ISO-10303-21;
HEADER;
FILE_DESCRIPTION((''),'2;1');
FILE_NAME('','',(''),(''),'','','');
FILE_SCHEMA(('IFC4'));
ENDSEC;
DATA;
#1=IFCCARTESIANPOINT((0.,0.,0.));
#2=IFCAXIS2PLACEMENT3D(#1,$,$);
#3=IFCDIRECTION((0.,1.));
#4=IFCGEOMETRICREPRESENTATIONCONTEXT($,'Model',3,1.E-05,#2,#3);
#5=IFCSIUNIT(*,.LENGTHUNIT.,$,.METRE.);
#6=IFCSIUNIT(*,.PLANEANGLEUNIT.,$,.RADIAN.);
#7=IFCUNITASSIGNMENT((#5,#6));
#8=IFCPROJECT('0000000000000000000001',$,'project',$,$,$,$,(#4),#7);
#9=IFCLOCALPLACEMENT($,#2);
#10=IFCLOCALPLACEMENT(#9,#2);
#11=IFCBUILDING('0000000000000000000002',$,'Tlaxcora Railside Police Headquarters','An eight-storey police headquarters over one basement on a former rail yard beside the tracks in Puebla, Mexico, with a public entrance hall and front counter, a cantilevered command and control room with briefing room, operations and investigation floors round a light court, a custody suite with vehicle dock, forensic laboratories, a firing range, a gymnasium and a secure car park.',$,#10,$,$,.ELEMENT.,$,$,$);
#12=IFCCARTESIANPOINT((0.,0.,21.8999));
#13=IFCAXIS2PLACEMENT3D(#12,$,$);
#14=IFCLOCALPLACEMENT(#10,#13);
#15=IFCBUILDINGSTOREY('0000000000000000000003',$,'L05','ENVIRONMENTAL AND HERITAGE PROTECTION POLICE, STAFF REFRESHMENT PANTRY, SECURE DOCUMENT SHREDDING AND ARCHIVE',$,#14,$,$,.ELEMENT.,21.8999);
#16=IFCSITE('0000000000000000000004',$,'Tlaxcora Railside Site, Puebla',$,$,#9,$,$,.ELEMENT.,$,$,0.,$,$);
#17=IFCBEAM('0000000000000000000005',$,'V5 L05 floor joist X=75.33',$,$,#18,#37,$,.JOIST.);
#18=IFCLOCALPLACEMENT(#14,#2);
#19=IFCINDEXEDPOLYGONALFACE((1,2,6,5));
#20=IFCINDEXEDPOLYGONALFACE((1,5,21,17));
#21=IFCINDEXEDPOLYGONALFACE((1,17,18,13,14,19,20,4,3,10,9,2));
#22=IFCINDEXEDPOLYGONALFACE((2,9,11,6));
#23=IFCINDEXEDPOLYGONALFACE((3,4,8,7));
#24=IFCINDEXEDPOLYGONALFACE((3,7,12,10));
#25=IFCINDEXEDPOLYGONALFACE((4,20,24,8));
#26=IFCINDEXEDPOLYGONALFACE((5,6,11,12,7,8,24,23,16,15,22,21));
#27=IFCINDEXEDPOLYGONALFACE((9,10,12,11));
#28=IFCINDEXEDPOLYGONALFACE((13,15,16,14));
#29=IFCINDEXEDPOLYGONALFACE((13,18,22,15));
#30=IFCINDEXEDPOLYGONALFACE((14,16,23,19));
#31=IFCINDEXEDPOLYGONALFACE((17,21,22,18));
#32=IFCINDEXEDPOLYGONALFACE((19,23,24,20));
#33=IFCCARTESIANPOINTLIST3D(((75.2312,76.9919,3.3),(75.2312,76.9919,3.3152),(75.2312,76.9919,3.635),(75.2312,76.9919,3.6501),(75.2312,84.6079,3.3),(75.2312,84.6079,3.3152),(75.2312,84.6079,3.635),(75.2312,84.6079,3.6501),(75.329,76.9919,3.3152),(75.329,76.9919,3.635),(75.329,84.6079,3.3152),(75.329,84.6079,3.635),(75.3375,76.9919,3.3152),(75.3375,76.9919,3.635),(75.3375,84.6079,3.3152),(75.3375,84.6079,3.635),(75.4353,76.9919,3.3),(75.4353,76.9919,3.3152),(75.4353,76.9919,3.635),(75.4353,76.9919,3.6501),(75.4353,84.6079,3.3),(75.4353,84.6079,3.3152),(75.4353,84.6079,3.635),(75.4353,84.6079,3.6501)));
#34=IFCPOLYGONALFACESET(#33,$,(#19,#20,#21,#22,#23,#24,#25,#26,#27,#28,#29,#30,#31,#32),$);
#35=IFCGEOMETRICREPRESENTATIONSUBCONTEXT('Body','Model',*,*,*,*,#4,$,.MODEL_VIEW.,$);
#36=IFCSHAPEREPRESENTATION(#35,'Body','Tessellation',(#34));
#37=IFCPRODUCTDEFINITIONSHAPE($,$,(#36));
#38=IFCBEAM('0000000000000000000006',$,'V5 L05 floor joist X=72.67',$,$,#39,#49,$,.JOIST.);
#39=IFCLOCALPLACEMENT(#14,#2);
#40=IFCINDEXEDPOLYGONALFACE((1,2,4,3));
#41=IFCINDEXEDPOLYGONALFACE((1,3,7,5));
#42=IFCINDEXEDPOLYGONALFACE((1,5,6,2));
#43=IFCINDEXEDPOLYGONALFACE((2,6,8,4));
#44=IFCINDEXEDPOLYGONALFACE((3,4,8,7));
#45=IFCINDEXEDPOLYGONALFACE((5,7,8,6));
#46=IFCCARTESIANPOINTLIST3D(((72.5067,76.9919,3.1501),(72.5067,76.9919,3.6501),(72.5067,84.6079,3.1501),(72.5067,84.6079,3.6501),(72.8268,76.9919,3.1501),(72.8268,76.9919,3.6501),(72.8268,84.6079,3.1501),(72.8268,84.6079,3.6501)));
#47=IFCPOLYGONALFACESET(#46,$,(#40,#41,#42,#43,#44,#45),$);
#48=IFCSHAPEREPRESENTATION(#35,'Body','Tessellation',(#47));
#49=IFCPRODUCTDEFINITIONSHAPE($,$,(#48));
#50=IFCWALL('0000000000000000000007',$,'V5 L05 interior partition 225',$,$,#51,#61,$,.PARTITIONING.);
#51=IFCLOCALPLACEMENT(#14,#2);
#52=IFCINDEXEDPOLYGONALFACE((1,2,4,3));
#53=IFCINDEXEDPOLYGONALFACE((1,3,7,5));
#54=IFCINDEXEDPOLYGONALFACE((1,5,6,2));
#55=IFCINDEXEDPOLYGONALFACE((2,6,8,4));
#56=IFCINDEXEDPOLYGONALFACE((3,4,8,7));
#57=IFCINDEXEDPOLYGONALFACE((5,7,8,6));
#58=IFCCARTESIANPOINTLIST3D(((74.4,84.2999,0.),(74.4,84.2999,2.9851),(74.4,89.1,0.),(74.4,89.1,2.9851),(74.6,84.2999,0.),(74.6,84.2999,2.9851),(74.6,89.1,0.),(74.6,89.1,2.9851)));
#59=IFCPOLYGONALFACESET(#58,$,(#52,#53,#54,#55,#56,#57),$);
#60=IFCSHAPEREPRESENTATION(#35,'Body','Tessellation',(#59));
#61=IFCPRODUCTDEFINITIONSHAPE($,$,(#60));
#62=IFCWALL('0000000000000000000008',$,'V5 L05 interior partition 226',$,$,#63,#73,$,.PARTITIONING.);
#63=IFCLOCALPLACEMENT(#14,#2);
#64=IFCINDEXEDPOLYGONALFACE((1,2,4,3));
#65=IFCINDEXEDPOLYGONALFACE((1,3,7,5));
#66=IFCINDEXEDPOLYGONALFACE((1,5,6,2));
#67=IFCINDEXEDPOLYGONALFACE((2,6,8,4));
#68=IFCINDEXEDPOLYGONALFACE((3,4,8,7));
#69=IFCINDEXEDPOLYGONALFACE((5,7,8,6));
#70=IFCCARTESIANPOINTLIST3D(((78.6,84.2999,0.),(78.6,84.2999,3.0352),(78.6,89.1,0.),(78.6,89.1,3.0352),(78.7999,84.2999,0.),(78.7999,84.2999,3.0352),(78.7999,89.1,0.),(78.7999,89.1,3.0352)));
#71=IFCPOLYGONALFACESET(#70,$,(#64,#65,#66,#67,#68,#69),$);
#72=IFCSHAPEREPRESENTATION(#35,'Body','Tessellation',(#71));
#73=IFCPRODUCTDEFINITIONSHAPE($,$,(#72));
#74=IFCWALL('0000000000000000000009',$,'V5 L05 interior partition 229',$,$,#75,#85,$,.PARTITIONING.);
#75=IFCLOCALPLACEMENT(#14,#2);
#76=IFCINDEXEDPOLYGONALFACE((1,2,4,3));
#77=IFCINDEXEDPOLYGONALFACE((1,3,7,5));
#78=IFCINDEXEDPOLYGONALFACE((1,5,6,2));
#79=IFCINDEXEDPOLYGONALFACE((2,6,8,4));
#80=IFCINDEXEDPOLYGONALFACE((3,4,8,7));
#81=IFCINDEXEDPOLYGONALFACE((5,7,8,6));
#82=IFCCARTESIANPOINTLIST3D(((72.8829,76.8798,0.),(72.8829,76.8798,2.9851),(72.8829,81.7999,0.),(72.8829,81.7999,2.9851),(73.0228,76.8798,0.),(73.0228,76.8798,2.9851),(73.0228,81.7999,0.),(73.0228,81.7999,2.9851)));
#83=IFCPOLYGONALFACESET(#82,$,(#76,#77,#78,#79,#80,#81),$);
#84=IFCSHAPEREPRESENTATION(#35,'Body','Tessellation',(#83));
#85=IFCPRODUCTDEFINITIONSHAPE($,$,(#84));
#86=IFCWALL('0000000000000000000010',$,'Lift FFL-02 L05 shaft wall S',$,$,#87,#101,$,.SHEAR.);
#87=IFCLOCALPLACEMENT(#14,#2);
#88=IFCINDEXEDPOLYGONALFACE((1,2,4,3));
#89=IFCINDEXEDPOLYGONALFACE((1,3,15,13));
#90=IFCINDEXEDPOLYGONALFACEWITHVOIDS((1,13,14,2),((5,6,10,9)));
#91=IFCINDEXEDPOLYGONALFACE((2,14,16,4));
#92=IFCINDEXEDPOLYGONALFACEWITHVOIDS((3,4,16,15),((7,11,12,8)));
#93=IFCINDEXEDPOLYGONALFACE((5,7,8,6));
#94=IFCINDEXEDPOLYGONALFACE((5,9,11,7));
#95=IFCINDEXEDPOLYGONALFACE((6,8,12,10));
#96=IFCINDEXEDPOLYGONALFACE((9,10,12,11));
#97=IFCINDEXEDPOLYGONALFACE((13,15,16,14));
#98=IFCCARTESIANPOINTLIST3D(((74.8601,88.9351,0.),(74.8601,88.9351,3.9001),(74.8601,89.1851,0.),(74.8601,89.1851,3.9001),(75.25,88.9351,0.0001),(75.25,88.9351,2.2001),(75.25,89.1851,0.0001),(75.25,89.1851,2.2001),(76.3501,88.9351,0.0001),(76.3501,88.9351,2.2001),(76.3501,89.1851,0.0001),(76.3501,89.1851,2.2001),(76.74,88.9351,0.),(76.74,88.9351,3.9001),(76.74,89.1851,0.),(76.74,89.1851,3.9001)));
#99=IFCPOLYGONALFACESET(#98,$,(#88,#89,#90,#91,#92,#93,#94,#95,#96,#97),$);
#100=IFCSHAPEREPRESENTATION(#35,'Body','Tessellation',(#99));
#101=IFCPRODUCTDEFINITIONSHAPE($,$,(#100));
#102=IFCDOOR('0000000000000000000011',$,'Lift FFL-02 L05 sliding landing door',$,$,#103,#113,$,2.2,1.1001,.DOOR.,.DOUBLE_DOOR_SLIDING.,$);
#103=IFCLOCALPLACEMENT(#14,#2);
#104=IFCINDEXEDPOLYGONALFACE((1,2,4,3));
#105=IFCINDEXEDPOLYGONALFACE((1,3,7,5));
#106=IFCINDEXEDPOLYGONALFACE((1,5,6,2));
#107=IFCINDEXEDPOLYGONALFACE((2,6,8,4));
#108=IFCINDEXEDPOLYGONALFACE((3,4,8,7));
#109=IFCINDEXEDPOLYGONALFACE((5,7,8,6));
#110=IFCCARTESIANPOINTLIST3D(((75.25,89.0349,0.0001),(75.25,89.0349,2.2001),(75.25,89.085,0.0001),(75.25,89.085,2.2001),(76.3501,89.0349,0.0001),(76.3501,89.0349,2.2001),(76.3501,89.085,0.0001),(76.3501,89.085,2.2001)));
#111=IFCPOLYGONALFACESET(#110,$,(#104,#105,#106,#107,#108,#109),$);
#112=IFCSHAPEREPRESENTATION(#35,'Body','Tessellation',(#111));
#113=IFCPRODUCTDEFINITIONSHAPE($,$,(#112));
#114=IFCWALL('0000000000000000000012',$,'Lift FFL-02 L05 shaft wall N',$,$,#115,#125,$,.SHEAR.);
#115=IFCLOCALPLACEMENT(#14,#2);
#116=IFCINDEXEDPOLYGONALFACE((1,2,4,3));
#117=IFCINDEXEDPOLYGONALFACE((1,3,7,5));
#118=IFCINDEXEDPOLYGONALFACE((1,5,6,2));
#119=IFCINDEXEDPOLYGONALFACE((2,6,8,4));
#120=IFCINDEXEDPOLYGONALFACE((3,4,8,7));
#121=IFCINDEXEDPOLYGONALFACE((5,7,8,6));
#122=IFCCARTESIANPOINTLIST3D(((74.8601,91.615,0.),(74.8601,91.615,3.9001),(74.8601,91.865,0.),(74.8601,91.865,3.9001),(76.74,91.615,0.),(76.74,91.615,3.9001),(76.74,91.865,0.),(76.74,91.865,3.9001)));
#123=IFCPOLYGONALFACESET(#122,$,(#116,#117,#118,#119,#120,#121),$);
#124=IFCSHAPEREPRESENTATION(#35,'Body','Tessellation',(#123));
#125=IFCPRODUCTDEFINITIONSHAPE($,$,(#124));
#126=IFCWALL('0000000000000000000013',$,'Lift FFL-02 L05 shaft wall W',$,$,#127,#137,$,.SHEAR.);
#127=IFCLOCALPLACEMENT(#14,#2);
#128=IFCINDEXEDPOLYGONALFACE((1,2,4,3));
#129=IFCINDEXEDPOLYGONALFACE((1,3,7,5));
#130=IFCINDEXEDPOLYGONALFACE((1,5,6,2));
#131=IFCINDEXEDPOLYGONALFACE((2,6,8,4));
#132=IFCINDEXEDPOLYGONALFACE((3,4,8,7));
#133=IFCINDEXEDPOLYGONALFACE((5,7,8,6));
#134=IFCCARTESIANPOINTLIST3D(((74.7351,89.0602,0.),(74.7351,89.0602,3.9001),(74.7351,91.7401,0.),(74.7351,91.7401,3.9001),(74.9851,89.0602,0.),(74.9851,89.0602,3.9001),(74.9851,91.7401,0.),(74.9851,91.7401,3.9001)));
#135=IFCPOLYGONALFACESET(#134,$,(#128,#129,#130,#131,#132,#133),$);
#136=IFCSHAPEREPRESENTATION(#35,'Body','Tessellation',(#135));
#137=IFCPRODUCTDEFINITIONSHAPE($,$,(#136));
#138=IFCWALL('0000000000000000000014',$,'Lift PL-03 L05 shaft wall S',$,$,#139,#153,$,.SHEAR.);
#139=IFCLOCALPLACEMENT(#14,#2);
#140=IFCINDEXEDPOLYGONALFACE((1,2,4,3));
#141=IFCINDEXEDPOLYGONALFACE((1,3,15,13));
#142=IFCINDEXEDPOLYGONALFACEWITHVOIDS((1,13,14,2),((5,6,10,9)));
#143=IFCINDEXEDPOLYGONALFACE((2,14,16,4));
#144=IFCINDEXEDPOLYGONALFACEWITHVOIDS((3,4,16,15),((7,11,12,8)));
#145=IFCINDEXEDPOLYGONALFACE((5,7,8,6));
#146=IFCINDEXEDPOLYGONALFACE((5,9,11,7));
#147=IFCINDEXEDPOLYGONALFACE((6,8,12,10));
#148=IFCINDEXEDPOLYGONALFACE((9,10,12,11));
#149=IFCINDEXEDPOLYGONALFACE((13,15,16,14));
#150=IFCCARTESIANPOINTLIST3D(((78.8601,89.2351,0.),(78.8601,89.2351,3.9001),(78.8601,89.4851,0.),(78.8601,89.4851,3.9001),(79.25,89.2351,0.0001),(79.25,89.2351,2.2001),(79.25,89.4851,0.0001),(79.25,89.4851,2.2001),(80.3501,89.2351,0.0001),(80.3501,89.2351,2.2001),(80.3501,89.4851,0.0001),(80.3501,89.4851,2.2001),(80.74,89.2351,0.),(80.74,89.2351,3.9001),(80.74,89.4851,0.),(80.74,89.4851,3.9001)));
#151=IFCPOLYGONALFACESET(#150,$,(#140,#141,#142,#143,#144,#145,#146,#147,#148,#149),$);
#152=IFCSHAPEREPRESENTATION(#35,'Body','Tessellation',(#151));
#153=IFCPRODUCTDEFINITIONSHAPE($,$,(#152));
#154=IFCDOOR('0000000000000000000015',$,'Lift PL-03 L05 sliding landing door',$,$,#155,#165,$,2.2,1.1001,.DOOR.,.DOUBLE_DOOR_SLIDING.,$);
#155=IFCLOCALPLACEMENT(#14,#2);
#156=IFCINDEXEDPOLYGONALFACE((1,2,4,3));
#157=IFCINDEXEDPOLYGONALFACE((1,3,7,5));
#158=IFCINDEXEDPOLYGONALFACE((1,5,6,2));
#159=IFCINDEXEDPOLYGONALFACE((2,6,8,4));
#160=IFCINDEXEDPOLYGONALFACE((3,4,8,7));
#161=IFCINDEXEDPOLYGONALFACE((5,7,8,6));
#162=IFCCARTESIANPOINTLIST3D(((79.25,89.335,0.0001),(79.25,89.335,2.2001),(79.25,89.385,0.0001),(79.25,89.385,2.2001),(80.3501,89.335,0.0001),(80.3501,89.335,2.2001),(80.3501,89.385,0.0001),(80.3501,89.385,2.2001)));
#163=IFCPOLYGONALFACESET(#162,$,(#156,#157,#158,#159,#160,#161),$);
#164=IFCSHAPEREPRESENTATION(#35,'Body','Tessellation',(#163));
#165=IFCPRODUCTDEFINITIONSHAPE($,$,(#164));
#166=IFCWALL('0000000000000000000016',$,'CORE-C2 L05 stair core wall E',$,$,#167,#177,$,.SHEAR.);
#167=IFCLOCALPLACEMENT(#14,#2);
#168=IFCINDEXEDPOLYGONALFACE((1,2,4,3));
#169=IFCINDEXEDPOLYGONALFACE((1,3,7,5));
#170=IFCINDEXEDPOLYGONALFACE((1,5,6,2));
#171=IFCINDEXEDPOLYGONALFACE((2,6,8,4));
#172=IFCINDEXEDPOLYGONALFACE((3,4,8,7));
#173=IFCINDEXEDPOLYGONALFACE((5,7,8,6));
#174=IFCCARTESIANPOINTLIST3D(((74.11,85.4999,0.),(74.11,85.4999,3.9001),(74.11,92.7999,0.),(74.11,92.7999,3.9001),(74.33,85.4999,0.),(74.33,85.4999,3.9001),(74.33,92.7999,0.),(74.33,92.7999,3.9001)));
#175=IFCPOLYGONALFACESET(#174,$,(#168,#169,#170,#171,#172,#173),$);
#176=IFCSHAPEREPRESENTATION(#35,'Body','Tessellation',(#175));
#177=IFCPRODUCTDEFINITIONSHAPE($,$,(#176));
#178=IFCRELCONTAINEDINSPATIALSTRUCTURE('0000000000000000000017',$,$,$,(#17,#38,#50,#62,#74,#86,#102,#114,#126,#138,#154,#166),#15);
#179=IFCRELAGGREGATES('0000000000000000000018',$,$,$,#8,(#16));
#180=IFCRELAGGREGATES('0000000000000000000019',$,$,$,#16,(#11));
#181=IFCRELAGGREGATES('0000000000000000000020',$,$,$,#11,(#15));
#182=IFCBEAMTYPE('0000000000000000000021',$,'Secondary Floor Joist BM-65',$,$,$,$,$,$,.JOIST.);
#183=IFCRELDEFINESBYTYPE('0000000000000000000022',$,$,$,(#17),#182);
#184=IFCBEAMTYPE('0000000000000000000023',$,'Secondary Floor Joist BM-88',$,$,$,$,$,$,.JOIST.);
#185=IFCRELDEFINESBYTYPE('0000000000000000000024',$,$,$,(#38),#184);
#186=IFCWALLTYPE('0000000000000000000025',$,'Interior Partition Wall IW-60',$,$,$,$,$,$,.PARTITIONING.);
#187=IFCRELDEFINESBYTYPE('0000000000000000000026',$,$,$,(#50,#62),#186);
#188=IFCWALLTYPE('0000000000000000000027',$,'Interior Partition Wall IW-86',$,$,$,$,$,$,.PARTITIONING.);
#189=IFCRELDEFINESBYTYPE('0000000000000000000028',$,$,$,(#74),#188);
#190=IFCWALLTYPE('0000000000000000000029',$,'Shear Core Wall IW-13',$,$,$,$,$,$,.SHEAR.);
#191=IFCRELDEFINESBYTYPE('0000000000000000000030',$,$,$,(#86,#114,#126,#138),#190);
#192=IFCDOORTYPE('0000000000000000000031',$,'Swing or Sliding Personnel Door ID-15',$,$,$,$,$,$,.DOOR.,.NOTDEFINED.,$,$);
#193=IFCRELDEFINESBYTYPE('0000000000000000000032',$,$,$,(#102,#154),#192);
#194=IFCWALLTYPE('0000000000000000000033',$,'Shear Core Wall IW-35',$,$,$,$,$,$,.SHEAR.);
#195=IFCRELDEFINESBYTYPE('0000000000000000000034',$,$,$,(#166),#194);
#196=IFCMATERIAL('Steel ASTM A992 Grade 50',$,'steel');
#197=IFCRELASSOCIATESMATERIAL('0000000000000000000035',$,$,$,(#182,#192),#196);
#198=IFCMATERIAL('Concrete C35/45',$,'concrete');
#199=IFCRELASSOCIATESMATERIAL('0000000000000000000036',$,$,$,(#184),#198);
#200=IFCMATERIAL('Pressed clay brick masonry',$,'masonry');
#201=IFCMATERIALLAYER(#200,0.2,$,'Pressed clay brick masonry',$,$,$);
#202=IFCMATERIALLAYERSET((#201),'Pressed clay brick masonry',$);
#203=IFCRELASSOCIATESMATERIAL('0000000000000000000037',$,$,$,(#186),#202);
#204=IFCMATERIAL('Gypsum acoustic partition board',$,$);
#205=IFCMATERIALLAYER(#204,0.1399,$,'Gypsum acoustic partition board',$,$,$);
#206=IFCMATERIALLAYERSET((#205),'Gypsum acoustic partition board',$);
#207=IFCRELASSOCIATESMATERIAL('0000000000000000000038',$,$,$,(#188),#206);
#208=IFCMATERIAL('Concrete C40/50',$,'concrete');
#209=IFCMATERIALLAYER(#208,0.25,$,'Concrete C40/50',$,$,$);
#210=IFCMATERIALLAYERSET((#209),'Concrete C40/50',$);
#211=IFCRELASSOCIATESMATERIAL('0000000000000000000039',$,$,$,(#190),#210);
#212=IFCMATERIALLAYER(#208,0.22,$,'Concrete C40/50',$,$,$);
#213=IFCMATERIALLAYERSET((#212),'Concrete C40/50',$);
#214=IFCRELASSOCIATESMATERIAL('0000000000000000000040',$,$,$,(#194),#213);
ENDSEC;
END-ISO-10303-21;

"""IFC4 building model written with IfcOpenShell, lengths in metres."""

from ifc_helpers import new_model, si_unit, direction, frame, frame_2d, origin, origin_2d, place, context, subcontext, project, spatial, rectangle, i_section, extrude, material, layer, layer_set, material_profile, profile_set, type_object, element, fill, save


model = new_model("IFC4")

# Units and contexts
model_context = context("Model", 3, precision=1e-05, world=origin(), true_north=direction((0.0, 1.0)))
body_context = subcontext(model_context, "Body", "Model", "MODEL_VIEW")
ifc_project = project(units=[si_unit("LENGTHUNIT", "METRE"), si_unit("PLANEANGLEUNIT", "RADIAN")], contexts=[model_context])

# Site, building, storey
site_placement = place(None, origin())
site = spatial("IfcSite", under=ifc_project, at=site_placement, Name="Tlaxcora Railside Site, Puebla", CompositionType="ELEMENT", RefElevation=0.0)
building_placement = place(site_placement, origin())
building = spatial("IfcBuilding", under=site, at=building_placement, Name="Tlaxcora Railside Police Headquarters", Description="An eight-storey police headquarters over one basement on a former rail yard beside the tracks in Puebla, Mexico, with a public entrance hall and front counter, a cantilevered command and control room with briefing room, operations and investigation floors round a light court, a custody suite with vehicle dock, forensic laboratories, a firing range, a gymnasium and a secure car park.", CompositionType="ELEMENT")
storey_placement = place(building_placement, frame((0.0, 0.0, 21.8999)))
storey = spatial("IfcBuildingStorey", under=building, at=storey_placement, Name="L05", Description="ENVIRONMENTAL AND HERITAGE PROTECTION POLICE, STAFF REFRESHMENT PANTRY, SECURE DOCUMENT SHREDDING AND ARCHIVE", CompositionType="ELEMENT", Elevation=21.8999)

# Shared definitions
ifc_material_1 = material(Name="Concrete C40/50", Category="concrete")

# Beams
ifc_material_2 = material(Name="Steel ASTM A992 Grade 50", Category="steel")
ifc_material_profile_1 = material_profile(ifc_material_2, i_section(OverallWidth=0.2041, OverallDepth=0.3501, WebThickness=0.0085, FlangeThickness=0.0151, at=origin_2d()), Name="W14X48")
ifc_profile_set_1 = profile_set([ifc_material_profile_1], Name="Steel ASTM A992 Grade 50")
beam_type_1 = type_object("IfcBeamType", Name="Secondary Floor Joist BM-65", PredefinedType="JOIST", material=ifc_profile_set_1)
beam_1_placement = place(storey_placement, frame((75.3333, 76.9919, 3.4751), z_axis=(0.0, 1.0, 0.0), x_axis=(-1.0, 0.0, 0.0)))
element("IfcBeam", 1, at=beam_1_placement, inside=storey, type_object=beam_type_1, Name="V5 L05 floor joist X=75.33", PredefinedType="JOIST", context=body_context, shape_type="SweptSolid", body=[
    extrude(i_section(OverallWidth=0.2041, OverallDepth=0.3501, WebThickness=0.0085, FlangeThickness=0.0151, at=origin_2d()), origin(), (0.0, 0.0, 1.0), 7.616),
])
ifc_material_3 = material(Name="Concrete C35/45", Category="concrete")
ifc_material_profile_2 = material_profile(ifc_material_3, rectangle(XDim=0.3201, YDim=0.5, at=origin_2d()), Name="RC320X500")
ifc_profile_set_2 = profile_set([ifc_material_profile_2], Name="Concrete C35/45")
beam_type_2 = type_object("IfcBeamType", Name="Secondary Floor Joist BM-88", PredefinedType="JOIST", material=ifc_profile_set_2)
beam_2_placement = place(storey_placement, frame((72.6667, 76.9919, 3.4001), z_axis=(0.0, 1.0, 0.0), x_axis=(-1.0, 0.0, 0.0)))
element("IfcBeam", 2, at=beam_2_placement, inside=storey, type_object=beam_type_2, Name="V5 L05 floor joist X=72.67", PredefinedType="JOIST", context=body_context, shape_type="SweptSolid", body=[
    extrude(rectangle(XDim=0.3201, YDim=0.5, at=origin_2d()), origin(), (0.0, 0.0, 1.0), 7.616),
])

# Shared definitions
ifc_material_4 = material(Name="Pressed clay brick masonry", Category="masonry")
ifc_layer_1 = layer(ifc_material_4, 0.2, Name="Pressed clay brick masonry")
ifc_layer_set_1 = layer_set([ifc_layer_1], Name="Pressed clay brick masonry")
wall_type_1 = type_object("IfcWallType", Name="Interior Partition Wall IW-60", PredefinedType="PARTITIONING", material=ifc_layer_set_1)

# Walls
wall_1_placement = place(storey_placement, frame((74.5, 84.3, 0.0), z_axis=(0.0, 0.0, 1.0), x_axis=(0.0, 1.0, 0.0)))
element("IfcWall", 3, at=wall_1_placement, inside=storey, type_object=wall_type_1, Name="V5 L05 interior partition 225", PredefinedType="PARTITIONING", context=body_context, shape_type="SweptSolid", body=[
    extrude(rectangle(XDim=4.8, YDim=0.2, at=frame_2d((2.3999, 0.0))), origin(), (0.0, 0.0, 1.0), 2.9851),
])
wall_2_placement = place(storey_placement, frame((78.7, 84.3, 0.0), z_axis=(0.0, 0.0, 1.0), x_axis=(0.0, 1.0, 0.0)))
element("IfcWall", 4, at=wall_2_placement, inside=storey, type_object=wall_type_1, Name="V5 L05 interior partition 226", PredefinedType="PARTITIONING", context=body_context, shape_type="SweptSolid", body=[
    extrude(rectangle(XDim=4.8, YDim=0.2, at=frame_2d((2.3999, 0.0))), origin(), (0.0, 0.0, 1.0), 3.0352),
])
ifc_material_5 = material(Name="Gypsum acoustic partition board")
ifc_layer_2 = layer(ifc_material_5, 0.1399, Name="Gypsum acoustic partition board")
ifc_layer_set_2 = layer_set([ifc_layer_2], Name="Gypsum acoustic partition board")
wall_type_2 = type_object("IfcWallType", Name="Interior Partition Wall IW-86", PredefinedType="PARTITIONING", material=ifc_layer_set_2)
wall_3_placement = place(storey_placement, frame((72.9529, 76.8799, 0.0), z_axis=(0.0, 0.0, 1.0), x_axis=(0.0, 1.0, 0.0)))
element("IfcWall", 5, at=wall_3_placement, inside=storey, type_object=wall_type_2, Name="V5 L05 interior partition 229", PredefinedType="PARTITIONING", context=body_context, shape_type="SweptSolid", body=[
    extrude(rectangle(XDim=4.9202, YDim=0.1399, at=frame_2d((2.46, 0.0))), origin(), (0.0, 0.0, 1.0), 2.9851),
])

# Wall, opening, door
ifc_layer_3 = layer(ifc_material_1, 0.25, Name="Concrete C40/50")
ifc_layer_set_3 = layer_set([ifc_layer_3], Name="Concrete C40/50")
wall_type_3 = type_object("IfcWallType", Name="Shear Core Wall IW-13", PredefinedType="SHEAR", material=ifc_layer_set_3)
wall_4_placement = place(storey_placement, frame((74.8601, 89.0601, 0.0), z_axis=(0.0, 0.0, 1.0), x_axis=(1.0, 0.0, 0.0)))
wall_4 = element("IfcWall", 6, at=wall_4_placement, inside=storey, type_object=wall_type_3, Name="Lift FFL-02 L05 shaft wall S", PredefinedType="SHEAR", context=body_context, shape_type="SweptSolid", body=[
    extrude(rectangle(XDim=1.8799, YDim=0.25, at=frame_2d((0.9399, 0.0))), origin(), (0.0, 0.0, 1.0), 3.9001),
])
opening_1_placement = place(wall_4_placement, frame((0.3899, 0.0, 0.0)))
opening_1 = element("IfcOpeningElement", 7, at=opening_1_placement, cuts=wall_4, PredefinedType="OPENING", context=body_context, shape_type="SweptSolid", body=[
    extrude(rectangle(XDim=1.1001, YDim=2.2, at=frame_2d((0.55, 1.1001))), frame((0.0, 0.135, 0.0), z_axis=(0.0, -1.0, 0.0), x_axis=(1.0, 0.0, 0.0)), (0.0, 0.0, 1.0), 0.27),
])
door_type_1 = type_object("IfcDoorType", Name="Swing or Sliding Personnel Door ID-15", OperationType="NOTDEFINED", PredefinedType="DOOR", material=ifc_material_2)
door_1_placement = place(opening_1_placement, origin())
door_1 = element("IfcDoor", 8, at=door_1_placement, inside=storey, type_object=door_type_1, Name="Lift FFL-02 L05 sliding landing door", OperationType="DOUBLE_DOOR_SLIDING", OverallHeight=2.2, OverallWidth=1.1001, PredefinedType="DOOR", context=body_context, shape_type="SweptSolid", body=[
    extrude(rectangle(XDim=1.1001, YDim=2.2, at=frame_2d((0.55, 1.1001))), frame((0.0, 0.0249, 0.0), z_axis=(0.0, -1.0, 0.0), x_axis=(1.0, 0.0, 0.0)), (0.0, 0.0, 1.0), 0.05),
])
fill(opening_1, door_1)

# Walls
wall_5_placement = place(storey_placement, frame((76.74, 91.74, 0.0), z_axis=(0.0, 0.0, 1.0), x_axis=(-1.0, 0.0, 0.0)))
element("IfcWall", 9, at=wall_5_placement, inside=storey, type_object=wall_type_3, Name="Lift FFL-02 L05 shaft wall N", PredefinedType="SHEAR", context=body_context, shape_type="SweptSolid", body=[
    extrude(rectangle(XDim=1.8799, YDim=0.25, at=frame_2d((0.9399, 0.0))), origin(), (0.0, 0.0, 1.0), 3.9001),
])
wall_6_placement = place(storey_placement, frame((74.8601, 91.74, 0.0), z_axis=(0.0, 0.0, 1.0), x_axis=(0.0, -1.0, 0.0)))
element("IfcWall", 10, at=wall_6_placement, inside=storey, type_object=wall_type_3, Name="Lift FFL-02 L05 shaft wall W", PredefinedType="SHEAR", context=body_context, shape_type="SweptSolid", body=[
    extrude(rectangle(XDim=2.6799, YDim=0.25, at=frame_2d((1.3398, 0.0))), origin(), (0.0, 0.0, 1.0), 3.9001),
])

# Wall, opening, door
wall_7_placement = place(storey_placement, frame((78.8601, 89.3601, 0.0), z_axis=(0.0, 0.0, 1.0), x_axis=(1.0, 0.0, 0.0)))
wall_7 = element("IfcWall", 11, at=wall_7_placement, inside=storey, type_object=wall_type_3, Name="Lift PL-03 L05 shaft wall S", PredefinedType="SHEAR", context=body_context, shape_type="SweptSolid", body=[
    extrude(rectangle(XDim=1.8799, YDim=0.25, at=frame_2d((0.9399, 0.0))), origin(), (0.0, 0.0, 1.0), 3.9001),
])
opening_2_placement = place(wall_7_placement, frame((0.3899, 0.0, 0.0)))
opening_2 = element("IfcOpeningElement", 12, at=opening_2_placement, cuts=wall_7, PredefinedType="OPENING", context=body_context, shape_type="SweptSolid", body=[
    extrude(rectangle(XDim=1.1001, YDim=2.2, at=frame_2d((0.55, 1.1001))), frame((0.0, 0.135, 0.0), z_axis=(0.0, -1.0, 0.0), x_axis=(1.0, 0.0, 0.0)), (0.0, 0.0, 1.0), 0.27),
])
door_2_placement = place(opening_2_placement, origin())
door_2 = element("IfcDoor", 13, at=door_2_placement, inside=storey, type_object=door_type_1, Name="Lift PL-03 L05 sliding landing door", OperationType="DOUBLE_DOOR_SLIDING", OverallHeight=2.2, OverallWidth=1.1001, PredefinedType="DOOR", context=body_context, shape_type="SweptSolid", body=[
    extrude(rectangle(XDim=1.1001, YDim=2.2, at=frame_2d((0.55, 1.1001))), frame((0.0, 0.0249, 0.0), z_axis=(0.0, -1.0, 0.0), x_axis=(1.0, 0.0, 0.0)), (0.0, 0.0, 1.0), 0.05),
])
fill(opening_2, door_2)

# Wall
ifc_layer_4 = layer(ifc_material_1, 0.22, Name="Concrete C40/50")
ifc_layer_set_4 = layer_set([ifc_layer_4], Name="Concrete C40/50")
wall_type_4 = type_object("IfcWallType", Name="Shear Core Wall IW-35", PredefinedType="SHEAR", material=ifc_layer_set_4)
wall_8_placement = place(storey_placement, frame((74.22, 85.5, 0.0), z_axis=(0.0, 0.0, 1.0), x_axis=(0.0, 1.0, 0.0)))
element("IfcWall", 14, at=wall_8_placement, inside=storey, type_object=wall_type_4, Name="CORE-C2 L05 stair core wall E", PredefinedType="SHEAR", context=body_context, shape_type="SweptSolid", body=[
    extrude(rectangle(XDim=7.3, YDim=0.22, at=frame_2d((3.6499, 0.0))), origin(), (0.0, 0.0, 1.0), 3.9001),
])

save(model, "model.ifc")
